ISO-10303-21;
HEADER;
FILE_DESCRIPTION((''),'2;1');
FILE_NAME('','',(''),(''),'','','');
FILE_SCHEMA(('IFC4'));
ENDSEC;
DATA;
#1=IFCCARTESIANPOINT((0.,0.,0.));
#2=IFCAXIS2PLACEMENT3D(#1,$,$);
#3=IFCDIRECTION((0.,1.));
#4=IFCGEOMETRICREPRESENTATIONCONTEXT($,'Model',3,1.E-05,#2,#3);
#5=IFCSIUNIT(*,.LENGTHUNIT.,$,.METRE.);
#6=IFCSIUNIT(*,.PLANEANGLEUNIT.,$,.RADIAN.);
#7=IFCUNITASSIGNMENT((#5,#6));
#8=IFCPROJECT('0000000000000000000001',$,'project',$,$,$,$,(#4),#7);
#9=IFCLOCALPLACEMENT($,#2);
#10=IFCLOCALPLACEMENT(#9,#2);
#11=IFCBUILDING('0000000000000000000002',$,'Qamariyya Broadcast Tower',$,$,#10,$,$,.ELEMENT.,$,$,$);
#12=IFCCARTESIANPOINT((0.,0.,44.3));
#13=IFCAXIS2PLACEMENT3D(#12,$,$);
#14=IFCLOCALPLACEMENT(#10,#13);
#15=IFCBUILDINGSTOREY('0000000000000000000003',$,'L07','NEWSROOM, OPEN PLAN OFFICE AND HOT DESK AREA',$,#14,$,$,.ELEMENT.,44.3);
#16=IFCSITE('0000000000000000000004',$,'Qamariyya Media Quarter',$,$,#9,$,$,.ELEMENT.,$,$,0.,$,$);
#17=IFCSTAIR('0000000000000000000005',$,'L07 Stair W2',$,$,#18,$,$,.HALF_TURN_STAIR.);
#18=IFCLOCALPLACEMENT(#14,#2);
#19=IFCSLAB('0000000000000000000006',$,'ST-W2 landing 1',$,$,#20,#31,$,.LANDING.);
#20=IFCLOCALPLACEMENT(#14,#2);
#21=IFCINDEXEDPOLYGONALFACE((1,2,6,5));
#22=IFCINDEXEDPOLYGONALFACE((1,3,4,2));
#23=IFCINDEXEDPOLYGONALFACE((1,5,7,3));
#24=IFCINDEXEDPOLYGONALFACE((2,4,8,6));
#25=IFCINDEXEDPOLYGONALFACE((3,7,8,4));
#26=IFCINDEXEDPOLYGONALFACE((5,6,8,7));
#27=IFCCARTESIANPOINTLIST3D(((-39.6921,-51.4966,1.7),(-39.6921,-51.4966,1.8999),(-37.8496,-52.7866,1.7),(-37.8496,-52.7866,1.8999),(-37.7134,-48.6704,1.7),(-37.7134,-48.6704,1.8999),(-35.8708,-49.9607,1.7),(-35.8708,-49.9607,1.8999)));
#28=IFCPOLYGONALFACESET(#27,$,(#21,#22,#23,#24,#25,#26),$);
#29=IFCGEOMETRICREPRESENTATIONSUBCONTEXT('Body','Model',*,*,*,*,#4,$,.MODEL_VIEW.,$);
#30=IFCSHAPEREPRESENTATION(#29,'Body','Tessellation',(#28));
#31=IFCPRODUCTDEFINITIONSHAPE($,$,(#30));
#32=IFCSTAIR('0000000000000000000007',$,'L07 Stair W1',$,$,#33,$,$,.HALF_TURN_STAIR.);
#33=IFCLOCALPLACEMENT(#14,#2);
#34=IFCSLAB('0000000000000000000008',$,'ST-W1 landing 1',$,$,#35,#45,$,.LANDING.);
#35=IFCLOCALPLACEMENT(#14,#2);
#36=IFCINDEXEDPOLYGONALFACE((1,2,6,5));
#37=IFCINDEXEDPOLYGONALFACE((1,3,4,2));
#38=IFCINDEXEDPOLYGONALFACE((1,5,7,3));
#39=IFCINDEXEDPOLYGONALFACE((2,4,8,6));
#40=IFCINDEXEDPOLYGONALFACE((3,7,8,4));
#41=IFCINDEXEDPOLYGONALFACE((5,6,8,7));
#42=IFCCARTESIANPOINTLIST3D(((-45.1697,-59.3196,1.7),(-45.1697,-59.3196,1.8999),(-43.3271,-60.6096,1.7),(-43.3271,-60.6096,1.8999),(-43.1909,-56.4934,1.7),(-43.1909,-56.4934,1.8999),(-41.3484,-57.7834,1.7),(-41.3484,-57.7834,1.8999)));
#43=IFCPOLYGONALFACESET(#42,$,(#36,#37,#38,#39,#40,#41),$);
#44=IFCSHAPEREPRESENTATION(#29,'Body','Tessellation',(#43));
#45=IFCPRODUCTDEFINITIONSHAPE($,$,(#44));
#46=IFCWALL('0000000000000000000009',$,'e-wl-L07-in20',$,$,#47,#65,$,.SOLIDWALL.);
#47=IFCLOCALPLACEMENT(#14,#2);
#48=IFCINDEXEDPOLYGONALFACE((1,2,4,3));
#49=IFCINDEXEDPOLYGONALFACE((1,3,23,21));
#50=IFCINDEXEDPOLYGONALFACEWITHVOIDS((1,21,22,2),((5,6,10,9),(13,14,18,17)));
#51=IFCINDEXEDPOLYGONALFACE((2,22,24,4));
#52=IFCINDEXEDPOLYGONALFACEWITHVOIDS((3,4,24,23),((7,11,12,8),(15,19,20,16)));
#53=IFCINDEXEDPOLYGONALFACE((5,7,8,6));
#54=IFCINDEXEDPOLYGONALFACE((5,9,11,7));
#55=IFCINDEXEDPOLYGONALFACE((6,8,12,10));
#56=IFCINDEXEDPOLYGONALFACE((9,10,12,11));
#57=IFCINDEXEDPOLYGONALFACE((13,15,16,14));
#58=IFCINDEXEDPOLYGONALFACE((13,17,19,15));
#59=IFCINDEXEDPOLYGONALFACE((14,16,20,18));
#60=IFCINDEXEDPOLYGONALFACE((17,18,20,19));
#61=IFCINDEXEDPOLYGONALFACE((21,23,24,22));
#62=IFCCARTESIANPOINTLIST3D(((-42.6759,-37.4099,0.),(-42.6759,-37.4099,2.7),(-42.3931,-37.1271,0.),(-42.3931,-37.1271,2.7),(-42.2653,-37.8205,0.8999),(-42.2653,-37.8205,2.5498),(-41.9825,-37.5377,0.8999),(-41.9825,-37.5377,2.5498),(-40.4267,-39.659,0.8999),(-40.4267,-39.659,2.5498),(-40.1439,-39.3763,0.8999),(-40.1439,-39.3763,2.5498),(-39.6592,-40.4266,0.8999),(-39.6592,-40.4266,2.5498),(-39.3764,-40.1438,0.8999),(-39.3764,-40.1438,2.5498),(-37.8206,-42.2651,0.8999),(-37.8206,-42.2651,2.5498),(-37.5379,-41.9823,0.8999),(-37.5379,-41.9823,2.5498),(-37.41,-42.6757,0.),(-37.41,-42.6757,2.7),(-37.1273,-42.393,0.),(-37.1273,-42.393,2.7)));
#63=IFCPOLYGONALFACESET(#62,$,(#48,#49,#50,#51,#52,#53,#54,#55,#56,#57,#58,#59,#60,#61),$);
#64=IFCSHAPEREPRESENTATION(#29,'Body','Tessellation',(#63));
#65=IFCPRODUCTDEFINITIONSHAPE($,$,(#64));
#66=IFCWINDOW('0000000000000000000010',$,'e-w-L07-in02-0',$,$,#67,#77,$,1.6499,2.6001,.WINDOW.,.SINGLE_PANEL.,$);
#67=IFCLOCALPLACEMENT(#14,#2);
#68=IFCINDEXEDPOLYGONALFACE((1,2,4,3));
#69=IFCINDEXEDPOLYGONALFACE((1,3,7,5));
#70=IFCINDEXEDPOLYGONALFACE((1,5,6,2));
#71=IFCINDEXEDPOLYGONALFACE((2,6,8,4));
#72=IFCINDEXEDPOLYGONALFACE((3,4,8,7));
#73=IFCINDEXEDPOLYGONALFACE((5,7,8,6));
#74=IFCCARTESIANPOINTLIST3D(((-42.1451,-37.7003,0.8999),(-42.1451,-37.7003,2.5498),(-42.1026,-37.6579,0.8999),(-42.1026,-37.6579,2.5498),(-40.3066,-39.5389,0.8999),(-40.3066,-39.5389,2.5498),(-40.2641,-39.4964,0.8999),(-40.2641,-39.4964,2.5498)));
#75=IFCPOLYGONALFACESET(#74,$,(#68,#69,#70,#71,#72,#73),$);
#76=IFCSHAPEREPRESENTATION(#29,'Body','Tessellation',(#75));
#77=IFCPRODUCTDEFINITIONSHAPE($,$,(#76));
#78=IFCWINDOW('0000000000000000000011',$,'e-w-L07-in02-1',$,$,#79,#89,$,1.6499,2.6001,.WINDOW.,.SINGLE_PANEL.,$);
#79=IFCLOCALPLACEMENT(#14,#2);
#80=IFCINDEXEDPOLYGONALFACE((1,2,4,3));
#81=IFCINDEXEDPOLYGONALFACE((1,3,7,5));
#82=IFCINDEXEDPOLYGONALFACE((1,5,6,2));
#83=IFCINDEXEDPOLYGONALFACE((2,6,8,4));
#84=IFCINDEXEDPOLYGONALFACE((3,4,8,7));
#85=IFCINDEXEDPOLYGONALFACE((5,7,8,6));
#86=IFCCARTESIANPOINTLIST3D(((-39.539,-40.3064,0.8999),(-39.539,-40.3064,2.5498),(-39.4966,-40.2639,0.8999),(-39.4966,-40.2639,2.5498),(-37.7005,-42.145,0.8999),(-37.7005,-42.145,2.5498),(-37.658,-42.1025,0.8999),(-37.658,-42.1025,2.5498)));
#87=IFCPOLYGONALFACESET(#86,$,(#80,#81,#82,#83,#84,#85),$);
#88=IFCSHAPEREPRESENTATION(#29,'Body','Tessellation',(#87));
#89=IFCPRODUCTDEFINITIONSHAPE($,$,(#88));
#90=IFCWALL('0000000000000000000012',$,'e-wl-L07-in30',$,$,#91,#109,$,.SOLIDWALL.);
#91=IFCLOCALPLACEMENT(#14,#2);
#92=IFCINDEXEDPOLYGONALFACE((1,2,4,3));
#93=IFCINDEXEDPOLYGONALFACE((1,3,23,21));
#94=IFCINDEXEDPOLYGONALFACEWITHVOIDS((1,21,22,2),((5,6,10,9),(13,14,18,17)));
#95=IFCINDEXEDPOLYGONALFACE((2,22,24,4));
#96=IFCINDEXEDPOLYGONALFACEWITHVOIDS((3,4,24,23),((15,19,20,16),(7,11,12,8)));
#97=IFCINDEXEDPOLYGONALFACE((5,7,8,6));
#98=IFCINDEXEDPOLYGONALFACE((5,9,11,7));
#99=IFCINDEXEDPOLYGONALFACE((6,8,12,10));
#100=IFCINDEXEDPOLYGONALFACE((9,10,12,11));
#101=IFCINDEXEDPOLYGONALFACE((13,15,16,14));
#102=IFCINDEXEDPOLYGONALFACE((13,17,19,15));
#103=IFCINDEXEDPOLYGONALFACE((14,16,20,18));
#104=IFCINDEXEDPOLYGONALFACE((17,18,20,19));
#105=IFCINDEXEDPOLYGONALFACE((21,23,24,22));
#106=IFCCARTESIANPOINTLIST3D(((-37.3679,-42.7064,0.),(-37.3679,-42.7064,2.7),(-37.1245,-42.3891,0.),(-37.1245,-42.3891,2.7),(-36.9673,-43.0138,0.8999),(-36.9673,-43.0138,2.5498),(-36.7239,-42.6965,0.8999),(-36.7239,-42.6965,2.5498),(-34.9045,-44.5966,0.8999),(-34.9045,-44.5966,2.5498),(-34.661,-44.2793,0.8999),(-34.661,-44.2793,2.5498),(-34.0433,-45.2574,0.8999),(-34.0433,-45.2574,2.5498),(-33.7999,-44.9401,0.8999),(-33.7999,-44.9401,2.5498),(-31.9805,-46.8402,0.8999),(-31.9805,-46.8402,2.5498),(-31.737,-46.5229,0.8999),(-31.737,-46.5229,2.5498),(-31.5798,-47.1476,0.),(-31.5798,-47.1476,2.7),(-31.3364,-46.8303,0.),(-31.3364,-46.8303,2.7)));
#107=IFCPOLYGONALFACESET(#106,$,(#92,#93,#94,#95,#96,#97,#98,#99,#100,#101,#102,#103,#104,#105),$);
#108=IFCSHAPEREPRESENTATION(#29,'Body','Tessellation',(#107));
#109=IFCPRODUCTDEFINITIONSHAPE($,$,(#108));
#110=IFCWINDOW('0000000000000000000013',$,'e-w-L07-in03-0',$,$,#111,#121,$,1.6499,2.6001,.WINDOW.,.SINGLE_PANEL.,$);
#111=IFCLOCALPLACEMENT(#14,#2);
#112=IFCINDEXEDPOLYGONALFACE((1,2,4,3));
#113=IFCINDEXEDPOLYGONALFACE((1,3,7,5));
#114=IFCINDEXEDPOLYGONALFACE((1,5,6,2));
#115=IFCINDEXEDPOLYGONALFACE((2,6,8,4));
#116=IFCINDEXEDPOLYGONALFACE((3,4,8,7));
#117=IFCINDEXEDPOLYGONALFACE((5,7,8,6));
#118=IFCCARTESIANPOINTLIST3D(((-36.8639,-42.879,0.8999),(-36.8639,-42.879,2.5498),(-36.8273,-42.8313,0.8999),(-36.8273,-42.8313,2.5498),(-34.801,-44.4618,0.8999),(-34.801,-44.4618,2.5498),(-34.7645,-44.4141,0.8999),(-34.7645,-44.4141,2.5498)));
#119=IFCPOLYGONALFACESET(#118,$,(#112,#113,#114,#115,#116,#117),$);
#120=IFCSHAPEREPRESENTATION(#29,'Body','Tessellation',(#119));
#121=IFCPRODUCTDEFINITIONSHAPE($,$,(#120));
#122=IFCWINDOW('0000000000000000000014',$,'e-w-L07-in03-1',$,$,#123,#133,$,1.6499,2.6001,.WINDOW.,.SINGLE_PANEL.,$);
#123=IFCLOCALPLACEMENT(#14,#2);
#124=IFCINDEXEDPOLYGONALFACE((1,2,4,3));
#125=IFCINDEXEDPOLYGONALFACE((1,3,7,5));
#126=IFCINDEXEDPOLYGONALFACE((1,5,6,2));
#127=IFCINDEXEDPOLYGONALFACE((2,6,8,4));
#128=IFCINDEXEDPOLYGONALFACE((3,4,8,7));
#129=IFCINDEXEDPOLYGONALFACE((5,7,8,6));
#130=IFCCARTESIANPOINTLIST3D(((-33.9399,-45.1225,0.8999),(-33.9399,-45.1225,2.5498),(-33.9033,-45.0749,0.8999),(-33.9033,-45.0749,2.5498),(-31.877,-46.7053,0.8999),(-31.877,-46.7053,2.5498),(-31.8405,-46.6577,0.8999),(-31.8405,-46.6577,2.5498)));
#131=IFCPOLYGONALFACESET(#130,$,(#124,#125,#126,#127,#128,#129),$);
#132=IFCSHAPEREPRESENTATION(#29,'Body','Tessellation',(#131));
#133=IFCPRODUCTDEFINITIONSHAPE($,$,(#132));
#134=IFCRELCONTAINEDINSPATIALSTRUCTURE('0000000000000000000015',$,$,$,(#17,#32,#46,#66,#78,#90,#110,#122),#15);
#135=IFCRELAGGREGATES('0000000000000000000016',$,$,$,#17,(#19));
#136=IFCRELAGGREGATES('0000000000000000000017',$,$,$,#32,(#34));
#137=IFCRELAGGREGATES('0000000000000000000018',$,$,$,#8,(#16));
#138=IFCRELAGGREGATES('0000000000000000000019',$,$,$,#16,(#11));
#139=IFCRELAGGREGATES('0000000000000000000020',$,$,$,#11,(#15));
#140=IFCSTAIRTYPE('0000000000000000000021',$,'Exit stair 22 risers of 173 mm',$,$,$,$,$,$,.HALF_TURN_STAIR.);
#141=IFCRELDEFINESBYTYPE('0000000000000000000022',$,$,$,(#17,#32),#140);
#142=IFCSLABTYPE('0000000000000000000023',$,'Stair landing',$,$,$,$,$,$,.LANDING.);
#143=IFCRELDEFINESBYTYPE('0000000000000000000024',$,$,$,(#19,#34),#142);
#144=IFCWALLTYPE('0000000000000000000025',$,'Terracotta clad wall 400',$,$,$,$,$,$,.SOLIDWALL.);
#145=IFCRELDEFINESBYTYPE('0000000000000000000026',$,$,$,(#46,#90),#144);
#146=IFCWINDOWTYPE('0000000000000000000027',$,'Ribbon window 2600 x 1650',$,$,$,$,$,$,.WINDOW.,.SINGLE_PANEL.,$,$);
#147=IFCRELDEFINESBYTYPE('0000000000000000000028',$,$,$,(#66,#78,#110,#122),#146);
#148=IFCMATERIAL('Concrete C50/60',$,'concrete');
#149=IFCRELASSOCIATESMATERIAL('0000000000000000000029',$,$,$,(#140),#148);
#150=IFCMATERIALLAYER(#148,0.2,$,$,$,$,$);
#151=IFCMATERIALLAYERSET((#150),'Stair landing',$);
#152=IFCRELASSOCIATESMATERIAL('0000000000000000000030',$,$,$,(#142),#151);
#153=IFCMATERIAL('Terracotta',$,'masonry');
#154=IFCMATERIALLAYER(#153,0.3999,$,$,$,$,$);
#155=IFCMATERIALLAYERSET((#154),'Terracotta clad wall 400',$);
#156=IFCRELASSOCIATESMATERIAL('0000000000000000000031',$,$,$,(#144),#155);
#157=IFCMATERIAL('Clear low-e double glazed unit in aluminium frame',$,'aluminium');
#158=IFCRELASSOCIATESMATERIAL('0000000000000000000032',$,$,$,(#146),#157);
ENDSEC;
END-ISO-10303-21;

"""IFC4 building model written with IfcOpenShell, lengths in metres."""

from ifc_helpers import new_model, si_unit, direction, frame, frame_2d, origin, place, context, subcontext, project, spatial, polyline, rectangle, outline, extrude, material, layer, layer_set, type_object, element, fill, aggregate, save


model = new_model("IFC4")

# Units and contexts
model_context = context("Model", 3, precision=1e-05, world=origin(), true_north=direction((0.0, 1.0)))
body_context = subcontext(model_context, "Body", "Model", "MODEL_VIEW")
ifc_project = project(units=[si_unit("LENGTHUNIT", "METRE"), si_unit("PLANEANGLEUNIT", "RADIAN")], contexts=[model_context])

# Site, building, storey
site_placement = place(None, origin())
site = spatial("IfcSite", under=ifc_project, at=site_placement, Name="Qamariyya Media Quarter", CompositionType="ELEMENT", RefElevation=0.0)
building_placement = place(site_placement, origin())
building = spatial("IfcBuilding", under=site, at=building_placement, Name="Qamariyya Broadcast Tower", CompositionType="ELEMENT")
storey_placement = place(building_placement, frame((0.0, 0.0, 44.3)))
storey = spatial("IfcBuildingStorey", under=building, at=storey_placement, Name="L07", Description="NEWSROOM, OPEN PLAN OFFICE AND HOT DESK AREA", CompositionType="ELEMENT", Elevation=44.3)

# Shared definitions
ifc_material_1 = material(Name="Concrete C50/60", Category="concrete")

# Stairs, slabs
stair_type = type_object("IfcStairType", Name="Exit stair 22 risers of 173 mm", PredefinedType="HALF_TURN_STAIR", material=ifc_material_1)
stair_1_placement = place(storey_placement, origin())
stair_1 = element("IfcStair", 1, at=stair_1_placement, inside=storey, type_object=stair_type, Name="L07 Stair W2", PredefinedType="HALF_TURN_STAIR")
ifc_layer_1 = layer(ifc_material_1, 0.2)
ifc_layer_set_1 = layer_set([ifc_layer_1], Name="Stair landing")
slab_type_1 = type_object("IfcSlabType", Name="Stair landing", PredefinedType="LANDING", material=ifc_layer_set_1)
slab_1_placement = place(storey_placement, frame((0.0, 0.0, 1.7)))
slab_1 = element("IfcSlab", 2, at=slab_1_placement, type_object=slab_type_1, Name="ST-W2 landing 1", PredefinedType="LANDING", context=body_context, shape_type="SweptSolid", body=[
    extrude(outline(polyline([(-39.6921, -51.4966), (-37.8496, -52.7866), (-35.8708, -49.9607), (-37.7134, -48.6704), (-39.6921, -51.4966)])), origin(), (0.0, 0.0, 1.0), 0.2),
])
aggregate(stair_1, [slab_1])
stair_2_placement = place(storey_placement, origin())
stair_2 = element("IfcStair", 3, at=stair_2_placement, inside=storey, type_object=stair_type, Name="L07 Stair W1", PredefinedType="HALF_TURN_STAIR")
slab_2_placement = place(storey_placement, frame((0.0, 0.0, 1.7)))
slab_2 = element("IfcSlab", 4, at=slab_2_placement, type_object=slab_type_1, Name="ST-W1 landing 1", PredefinedType="LANDING", context=body_context, shape_type="SweptSolid", body=[
    extrude(outline(polyline([(-45.1697, -59.3196), (-43.3271, -60.6096), (-41.3484, -57.7834), (-43.1909, -56.4934), (-45.1697, -59.3196)])), origin(), (0.0, 0.0, 1.0), 0.2),
])
aggregate(stair_2, [slab_2])

# Walls, openings, windows
ifc_material_2 = material(Name="Terracotta", Category="masonry")
ifc_layer_2 = layer(ifc_material_2, 0.3999)
ifc_layer_set_2 = layer_set([ifc_layer_2], Name="Terracotta clad wall 400")
wall_type = type_object("IfcWallType", Name="Terracotta clad wall 400", PredefinedType="SOLIDWALL", material=ifc_layer_set_2)
wall_1_placement = place(storey_placement, frame((-37.2686, -42.5344, 0.0), z_axis=(0.0, 0.0, 1.0), x_axis=(-0.707107, 0.707107, 0.0)))
wall_1 = element("IfcWall", 5, at=wall_1_placement, inside=storey, type_object=wall_type, Name="e-wl-L07-in20", PredefinedType="SOLIDWALL", context=body_context, shape_type="SweptSolid", body=[
    extrude(rectangle(XDim=7.447, YDim=0.3999, at=frame_2d((3.7236, 0.0))), origin(), (0.0, 0.0, 1.0), 2.7),
])
opening_1_placement = place(wall_1_placement, frame((4.2664, 0.0, 0.8999)))
opening_1 = element("IfcOpeningElement", 6, at=opening_1_placement, cuts=wall_1, PredefinedType="OPENING", context=body_context, shape_type="SweptSolid", body=[
    extrude(rectangle(XDim=2.6001, YDim=1.6499, at=frame_2d((1.3, 0.825))), frame((0.0, 0.21, 0.0), z_axis=(0.0, -1.0, 0.0), x_axis=(1.0, 0.0, 0.0)), (0.0, 0.0, 1.0), 0.4199),
])
opening_2_placement = place(wall_1_placement, frame((0.5808, 0.0, 0.8999)))
opening_2 = element("IfcOpeningElement", 7, at=opening_2_placement, cuts=wall_1, PredefinedType="OPENING", context=body_context, shape_type="SweptSolid", body=[
    extrude(rectangle(XDim=2.6001, YDim=1.6499, at=frame_2d((1.3, 0.825))), frame((0.0, 0.21, 0.0), z_axis=(0.0, -1.0, 0.0), x_axis=(1.0, 0.0, 0.0)), (0.0, 0.0, 1.0), 0.4199),
])
ifc_material_3 = material(Name="Clear low-e double glazed unit in aluminium frame", Category="aluminium")
window_type = type_object("IfcWindowType", Name="Ribbon window 2600 x 1650", PartitioningType="SINGLE_PANEL", PredefinedType="WINDOW", material=ifc_material_3)
window_1_placement = place(opening_1_placement, origin())
window_1 = element("IfcWindow", 8, at=window_1_placement, inside=storey, type_object=window_type, Name="e-w-L07-in02-0", OverallHeight=1.6499, OverallWidth=2.6001, PartitioningType="SINGLE_PANEL", PredefinedType="WINDOW", context=body_context, shape_type="SweptSolid", body=[
    extrude(rectangle(XDim=2.6001, YDim=1.6499, at=frame_2d((1.3, 0.825))), frame((0.0, 0.03, 0.0), z_axis=(0.0, -1.0, 0.0), x_axis=(1.0, 0.0, 0.0)), (0.0, 0.0, 1.0), 0.0601),
])
fill(opening_1, window_1)
window_2_placement = place(opening_2_placement, origin())
window_2 = element("IfcWindow", 9, at=window_2_placement, inside=storey, type_object=window_type, Name="e-w-L07-in02-1", OverallHeight=1.6499, OverallWidth=2.6001, PartitioningType="SINGLE_PANEL", PredefinedType="WINDOW", context=body_context, shape_type="SweptSolid", body=[
    extrude(rectangle(XDim=2.6001, YDim=1.6499, at=frame_2d((1.3, 0.825))), frame((0.0, 0.03, 0.0), z_axis=(0.0, -1.0, 0.0), x_axis=(1.0, 0.0, 0.0)), (0.0, 0.0, 1.0), 0.0601),
])
fill(opening_2, window_2)
wall_2_placement = place(storey_placement, frame((-31.458, -46.989, 0.0), z_axis=(0.0, 0.0, 1.0), x_axis=(-0.793366, 0.608745, 0.0)))
wall_2 = element("IfcWall", 10, at=wall_2_placement, inside=storey, type_object=wall_type, Name="e-wl-L07-in30", PredefinedType="SOLIDWALL", context=body_context, shape_type="SweptSolid", body=[
    extrude(rectangle(XDim=7.2957, YDim=0.3999, at=frame_2d((3.6479, 0.0))), origin(), (0.0, 0.0, 1.0), 2.7),
])
opening_3_placement = place(wall_2_placement, frame((4.1907, 0.0, 0.8999)))
opening_3 = element("IfcOpeningElement", 11, at=opening_3_placement, cuts=wall_2, PredefinedType="OPENING", context=body_context, shape_type="SweptSolid", body=[
    extrude(rectangle(XDim=2.6001, YDim=1.6499, at=frame_2d((1.3, 0.825))), frame((0.0, 0.21, 0.0), z_axis=(0.0, -1.0, 0.0), x_axis=(1.0, 0.0, 0.0)), (0.0, 0.0, 1.0), 0.4199),
])
opening_4_placement = place(wall_2_placement, frame((0.5051, 0.0, 0.8999)))
opening_4 = element("IfcOpeningElement", 12, at=opening_4_placement, cuts=wall_2, PredefinedType="OPENING", context=body_context, shape_type="SweptSolid", body=[
    extrude(rectangle(XDim=2.6001, YDim=1.6499, at=frame_2d((1.3, 0.825))), frame((0.0, 0.21, 0.0), z_axis=(0.0, -1.0, 0.0), x_axis=(1.0, 0.0, 0.0)), (0.0, 0.0, 1.0), 0.4199),
])
window_3_placement = place(opening_3_placement, origin())
window_3 = element("IfcWindow", 13, at=window_3_placement, inside=storey, type_object=window_type, Name="e-w-L07-in03-0", OverallHeight=1.6499, OverallWidth=2.6001, PartitioningType="SINGLE_PANEL", PredefinedType="WINDOW", context=body_context, shape_type="SweptSolid", body=[
    extrude(rectangle(XDim=2.6001, YDim=1.6499, at=frame_2d((1.3, 0.825))), frame((0.0, 0.03, 0.0), z_axis=(0.0, -1.0, 0.0), x_axis=(1.0, 0.0, 0.0)), (0.0, 0.0, 1.0), 0.0601),
])
fill(opening_3, window_3)
window_4_placement = place(opening_4_placement, origin())
window_4 = element("IfcWindow", 14, at=window_4_placement, inside=storey, type_object=window_type, Name="e-w-L07-in03-1", OverallHeight=1.6499, OverallWidth=2.6001, PartitioningType="SINGLE_PANEL", PredefinedType="WINDOW", context=body_context, shape_type="SweptSolid", body=[
    extrude(rectangle(XDim=2.6001, YDim=1.6499, at=frame_2d((1.3, 0.825))), frame((0.0, 0.03, 0.0), z_axis=(0.0, -1.0, 0.0), x_axis=(1.0, 0.0, 0.0)), (0.0, 0.0, 1.0), 0.0601),
])
fill(opening_4, window_4)

save(model, "model.ifc")
